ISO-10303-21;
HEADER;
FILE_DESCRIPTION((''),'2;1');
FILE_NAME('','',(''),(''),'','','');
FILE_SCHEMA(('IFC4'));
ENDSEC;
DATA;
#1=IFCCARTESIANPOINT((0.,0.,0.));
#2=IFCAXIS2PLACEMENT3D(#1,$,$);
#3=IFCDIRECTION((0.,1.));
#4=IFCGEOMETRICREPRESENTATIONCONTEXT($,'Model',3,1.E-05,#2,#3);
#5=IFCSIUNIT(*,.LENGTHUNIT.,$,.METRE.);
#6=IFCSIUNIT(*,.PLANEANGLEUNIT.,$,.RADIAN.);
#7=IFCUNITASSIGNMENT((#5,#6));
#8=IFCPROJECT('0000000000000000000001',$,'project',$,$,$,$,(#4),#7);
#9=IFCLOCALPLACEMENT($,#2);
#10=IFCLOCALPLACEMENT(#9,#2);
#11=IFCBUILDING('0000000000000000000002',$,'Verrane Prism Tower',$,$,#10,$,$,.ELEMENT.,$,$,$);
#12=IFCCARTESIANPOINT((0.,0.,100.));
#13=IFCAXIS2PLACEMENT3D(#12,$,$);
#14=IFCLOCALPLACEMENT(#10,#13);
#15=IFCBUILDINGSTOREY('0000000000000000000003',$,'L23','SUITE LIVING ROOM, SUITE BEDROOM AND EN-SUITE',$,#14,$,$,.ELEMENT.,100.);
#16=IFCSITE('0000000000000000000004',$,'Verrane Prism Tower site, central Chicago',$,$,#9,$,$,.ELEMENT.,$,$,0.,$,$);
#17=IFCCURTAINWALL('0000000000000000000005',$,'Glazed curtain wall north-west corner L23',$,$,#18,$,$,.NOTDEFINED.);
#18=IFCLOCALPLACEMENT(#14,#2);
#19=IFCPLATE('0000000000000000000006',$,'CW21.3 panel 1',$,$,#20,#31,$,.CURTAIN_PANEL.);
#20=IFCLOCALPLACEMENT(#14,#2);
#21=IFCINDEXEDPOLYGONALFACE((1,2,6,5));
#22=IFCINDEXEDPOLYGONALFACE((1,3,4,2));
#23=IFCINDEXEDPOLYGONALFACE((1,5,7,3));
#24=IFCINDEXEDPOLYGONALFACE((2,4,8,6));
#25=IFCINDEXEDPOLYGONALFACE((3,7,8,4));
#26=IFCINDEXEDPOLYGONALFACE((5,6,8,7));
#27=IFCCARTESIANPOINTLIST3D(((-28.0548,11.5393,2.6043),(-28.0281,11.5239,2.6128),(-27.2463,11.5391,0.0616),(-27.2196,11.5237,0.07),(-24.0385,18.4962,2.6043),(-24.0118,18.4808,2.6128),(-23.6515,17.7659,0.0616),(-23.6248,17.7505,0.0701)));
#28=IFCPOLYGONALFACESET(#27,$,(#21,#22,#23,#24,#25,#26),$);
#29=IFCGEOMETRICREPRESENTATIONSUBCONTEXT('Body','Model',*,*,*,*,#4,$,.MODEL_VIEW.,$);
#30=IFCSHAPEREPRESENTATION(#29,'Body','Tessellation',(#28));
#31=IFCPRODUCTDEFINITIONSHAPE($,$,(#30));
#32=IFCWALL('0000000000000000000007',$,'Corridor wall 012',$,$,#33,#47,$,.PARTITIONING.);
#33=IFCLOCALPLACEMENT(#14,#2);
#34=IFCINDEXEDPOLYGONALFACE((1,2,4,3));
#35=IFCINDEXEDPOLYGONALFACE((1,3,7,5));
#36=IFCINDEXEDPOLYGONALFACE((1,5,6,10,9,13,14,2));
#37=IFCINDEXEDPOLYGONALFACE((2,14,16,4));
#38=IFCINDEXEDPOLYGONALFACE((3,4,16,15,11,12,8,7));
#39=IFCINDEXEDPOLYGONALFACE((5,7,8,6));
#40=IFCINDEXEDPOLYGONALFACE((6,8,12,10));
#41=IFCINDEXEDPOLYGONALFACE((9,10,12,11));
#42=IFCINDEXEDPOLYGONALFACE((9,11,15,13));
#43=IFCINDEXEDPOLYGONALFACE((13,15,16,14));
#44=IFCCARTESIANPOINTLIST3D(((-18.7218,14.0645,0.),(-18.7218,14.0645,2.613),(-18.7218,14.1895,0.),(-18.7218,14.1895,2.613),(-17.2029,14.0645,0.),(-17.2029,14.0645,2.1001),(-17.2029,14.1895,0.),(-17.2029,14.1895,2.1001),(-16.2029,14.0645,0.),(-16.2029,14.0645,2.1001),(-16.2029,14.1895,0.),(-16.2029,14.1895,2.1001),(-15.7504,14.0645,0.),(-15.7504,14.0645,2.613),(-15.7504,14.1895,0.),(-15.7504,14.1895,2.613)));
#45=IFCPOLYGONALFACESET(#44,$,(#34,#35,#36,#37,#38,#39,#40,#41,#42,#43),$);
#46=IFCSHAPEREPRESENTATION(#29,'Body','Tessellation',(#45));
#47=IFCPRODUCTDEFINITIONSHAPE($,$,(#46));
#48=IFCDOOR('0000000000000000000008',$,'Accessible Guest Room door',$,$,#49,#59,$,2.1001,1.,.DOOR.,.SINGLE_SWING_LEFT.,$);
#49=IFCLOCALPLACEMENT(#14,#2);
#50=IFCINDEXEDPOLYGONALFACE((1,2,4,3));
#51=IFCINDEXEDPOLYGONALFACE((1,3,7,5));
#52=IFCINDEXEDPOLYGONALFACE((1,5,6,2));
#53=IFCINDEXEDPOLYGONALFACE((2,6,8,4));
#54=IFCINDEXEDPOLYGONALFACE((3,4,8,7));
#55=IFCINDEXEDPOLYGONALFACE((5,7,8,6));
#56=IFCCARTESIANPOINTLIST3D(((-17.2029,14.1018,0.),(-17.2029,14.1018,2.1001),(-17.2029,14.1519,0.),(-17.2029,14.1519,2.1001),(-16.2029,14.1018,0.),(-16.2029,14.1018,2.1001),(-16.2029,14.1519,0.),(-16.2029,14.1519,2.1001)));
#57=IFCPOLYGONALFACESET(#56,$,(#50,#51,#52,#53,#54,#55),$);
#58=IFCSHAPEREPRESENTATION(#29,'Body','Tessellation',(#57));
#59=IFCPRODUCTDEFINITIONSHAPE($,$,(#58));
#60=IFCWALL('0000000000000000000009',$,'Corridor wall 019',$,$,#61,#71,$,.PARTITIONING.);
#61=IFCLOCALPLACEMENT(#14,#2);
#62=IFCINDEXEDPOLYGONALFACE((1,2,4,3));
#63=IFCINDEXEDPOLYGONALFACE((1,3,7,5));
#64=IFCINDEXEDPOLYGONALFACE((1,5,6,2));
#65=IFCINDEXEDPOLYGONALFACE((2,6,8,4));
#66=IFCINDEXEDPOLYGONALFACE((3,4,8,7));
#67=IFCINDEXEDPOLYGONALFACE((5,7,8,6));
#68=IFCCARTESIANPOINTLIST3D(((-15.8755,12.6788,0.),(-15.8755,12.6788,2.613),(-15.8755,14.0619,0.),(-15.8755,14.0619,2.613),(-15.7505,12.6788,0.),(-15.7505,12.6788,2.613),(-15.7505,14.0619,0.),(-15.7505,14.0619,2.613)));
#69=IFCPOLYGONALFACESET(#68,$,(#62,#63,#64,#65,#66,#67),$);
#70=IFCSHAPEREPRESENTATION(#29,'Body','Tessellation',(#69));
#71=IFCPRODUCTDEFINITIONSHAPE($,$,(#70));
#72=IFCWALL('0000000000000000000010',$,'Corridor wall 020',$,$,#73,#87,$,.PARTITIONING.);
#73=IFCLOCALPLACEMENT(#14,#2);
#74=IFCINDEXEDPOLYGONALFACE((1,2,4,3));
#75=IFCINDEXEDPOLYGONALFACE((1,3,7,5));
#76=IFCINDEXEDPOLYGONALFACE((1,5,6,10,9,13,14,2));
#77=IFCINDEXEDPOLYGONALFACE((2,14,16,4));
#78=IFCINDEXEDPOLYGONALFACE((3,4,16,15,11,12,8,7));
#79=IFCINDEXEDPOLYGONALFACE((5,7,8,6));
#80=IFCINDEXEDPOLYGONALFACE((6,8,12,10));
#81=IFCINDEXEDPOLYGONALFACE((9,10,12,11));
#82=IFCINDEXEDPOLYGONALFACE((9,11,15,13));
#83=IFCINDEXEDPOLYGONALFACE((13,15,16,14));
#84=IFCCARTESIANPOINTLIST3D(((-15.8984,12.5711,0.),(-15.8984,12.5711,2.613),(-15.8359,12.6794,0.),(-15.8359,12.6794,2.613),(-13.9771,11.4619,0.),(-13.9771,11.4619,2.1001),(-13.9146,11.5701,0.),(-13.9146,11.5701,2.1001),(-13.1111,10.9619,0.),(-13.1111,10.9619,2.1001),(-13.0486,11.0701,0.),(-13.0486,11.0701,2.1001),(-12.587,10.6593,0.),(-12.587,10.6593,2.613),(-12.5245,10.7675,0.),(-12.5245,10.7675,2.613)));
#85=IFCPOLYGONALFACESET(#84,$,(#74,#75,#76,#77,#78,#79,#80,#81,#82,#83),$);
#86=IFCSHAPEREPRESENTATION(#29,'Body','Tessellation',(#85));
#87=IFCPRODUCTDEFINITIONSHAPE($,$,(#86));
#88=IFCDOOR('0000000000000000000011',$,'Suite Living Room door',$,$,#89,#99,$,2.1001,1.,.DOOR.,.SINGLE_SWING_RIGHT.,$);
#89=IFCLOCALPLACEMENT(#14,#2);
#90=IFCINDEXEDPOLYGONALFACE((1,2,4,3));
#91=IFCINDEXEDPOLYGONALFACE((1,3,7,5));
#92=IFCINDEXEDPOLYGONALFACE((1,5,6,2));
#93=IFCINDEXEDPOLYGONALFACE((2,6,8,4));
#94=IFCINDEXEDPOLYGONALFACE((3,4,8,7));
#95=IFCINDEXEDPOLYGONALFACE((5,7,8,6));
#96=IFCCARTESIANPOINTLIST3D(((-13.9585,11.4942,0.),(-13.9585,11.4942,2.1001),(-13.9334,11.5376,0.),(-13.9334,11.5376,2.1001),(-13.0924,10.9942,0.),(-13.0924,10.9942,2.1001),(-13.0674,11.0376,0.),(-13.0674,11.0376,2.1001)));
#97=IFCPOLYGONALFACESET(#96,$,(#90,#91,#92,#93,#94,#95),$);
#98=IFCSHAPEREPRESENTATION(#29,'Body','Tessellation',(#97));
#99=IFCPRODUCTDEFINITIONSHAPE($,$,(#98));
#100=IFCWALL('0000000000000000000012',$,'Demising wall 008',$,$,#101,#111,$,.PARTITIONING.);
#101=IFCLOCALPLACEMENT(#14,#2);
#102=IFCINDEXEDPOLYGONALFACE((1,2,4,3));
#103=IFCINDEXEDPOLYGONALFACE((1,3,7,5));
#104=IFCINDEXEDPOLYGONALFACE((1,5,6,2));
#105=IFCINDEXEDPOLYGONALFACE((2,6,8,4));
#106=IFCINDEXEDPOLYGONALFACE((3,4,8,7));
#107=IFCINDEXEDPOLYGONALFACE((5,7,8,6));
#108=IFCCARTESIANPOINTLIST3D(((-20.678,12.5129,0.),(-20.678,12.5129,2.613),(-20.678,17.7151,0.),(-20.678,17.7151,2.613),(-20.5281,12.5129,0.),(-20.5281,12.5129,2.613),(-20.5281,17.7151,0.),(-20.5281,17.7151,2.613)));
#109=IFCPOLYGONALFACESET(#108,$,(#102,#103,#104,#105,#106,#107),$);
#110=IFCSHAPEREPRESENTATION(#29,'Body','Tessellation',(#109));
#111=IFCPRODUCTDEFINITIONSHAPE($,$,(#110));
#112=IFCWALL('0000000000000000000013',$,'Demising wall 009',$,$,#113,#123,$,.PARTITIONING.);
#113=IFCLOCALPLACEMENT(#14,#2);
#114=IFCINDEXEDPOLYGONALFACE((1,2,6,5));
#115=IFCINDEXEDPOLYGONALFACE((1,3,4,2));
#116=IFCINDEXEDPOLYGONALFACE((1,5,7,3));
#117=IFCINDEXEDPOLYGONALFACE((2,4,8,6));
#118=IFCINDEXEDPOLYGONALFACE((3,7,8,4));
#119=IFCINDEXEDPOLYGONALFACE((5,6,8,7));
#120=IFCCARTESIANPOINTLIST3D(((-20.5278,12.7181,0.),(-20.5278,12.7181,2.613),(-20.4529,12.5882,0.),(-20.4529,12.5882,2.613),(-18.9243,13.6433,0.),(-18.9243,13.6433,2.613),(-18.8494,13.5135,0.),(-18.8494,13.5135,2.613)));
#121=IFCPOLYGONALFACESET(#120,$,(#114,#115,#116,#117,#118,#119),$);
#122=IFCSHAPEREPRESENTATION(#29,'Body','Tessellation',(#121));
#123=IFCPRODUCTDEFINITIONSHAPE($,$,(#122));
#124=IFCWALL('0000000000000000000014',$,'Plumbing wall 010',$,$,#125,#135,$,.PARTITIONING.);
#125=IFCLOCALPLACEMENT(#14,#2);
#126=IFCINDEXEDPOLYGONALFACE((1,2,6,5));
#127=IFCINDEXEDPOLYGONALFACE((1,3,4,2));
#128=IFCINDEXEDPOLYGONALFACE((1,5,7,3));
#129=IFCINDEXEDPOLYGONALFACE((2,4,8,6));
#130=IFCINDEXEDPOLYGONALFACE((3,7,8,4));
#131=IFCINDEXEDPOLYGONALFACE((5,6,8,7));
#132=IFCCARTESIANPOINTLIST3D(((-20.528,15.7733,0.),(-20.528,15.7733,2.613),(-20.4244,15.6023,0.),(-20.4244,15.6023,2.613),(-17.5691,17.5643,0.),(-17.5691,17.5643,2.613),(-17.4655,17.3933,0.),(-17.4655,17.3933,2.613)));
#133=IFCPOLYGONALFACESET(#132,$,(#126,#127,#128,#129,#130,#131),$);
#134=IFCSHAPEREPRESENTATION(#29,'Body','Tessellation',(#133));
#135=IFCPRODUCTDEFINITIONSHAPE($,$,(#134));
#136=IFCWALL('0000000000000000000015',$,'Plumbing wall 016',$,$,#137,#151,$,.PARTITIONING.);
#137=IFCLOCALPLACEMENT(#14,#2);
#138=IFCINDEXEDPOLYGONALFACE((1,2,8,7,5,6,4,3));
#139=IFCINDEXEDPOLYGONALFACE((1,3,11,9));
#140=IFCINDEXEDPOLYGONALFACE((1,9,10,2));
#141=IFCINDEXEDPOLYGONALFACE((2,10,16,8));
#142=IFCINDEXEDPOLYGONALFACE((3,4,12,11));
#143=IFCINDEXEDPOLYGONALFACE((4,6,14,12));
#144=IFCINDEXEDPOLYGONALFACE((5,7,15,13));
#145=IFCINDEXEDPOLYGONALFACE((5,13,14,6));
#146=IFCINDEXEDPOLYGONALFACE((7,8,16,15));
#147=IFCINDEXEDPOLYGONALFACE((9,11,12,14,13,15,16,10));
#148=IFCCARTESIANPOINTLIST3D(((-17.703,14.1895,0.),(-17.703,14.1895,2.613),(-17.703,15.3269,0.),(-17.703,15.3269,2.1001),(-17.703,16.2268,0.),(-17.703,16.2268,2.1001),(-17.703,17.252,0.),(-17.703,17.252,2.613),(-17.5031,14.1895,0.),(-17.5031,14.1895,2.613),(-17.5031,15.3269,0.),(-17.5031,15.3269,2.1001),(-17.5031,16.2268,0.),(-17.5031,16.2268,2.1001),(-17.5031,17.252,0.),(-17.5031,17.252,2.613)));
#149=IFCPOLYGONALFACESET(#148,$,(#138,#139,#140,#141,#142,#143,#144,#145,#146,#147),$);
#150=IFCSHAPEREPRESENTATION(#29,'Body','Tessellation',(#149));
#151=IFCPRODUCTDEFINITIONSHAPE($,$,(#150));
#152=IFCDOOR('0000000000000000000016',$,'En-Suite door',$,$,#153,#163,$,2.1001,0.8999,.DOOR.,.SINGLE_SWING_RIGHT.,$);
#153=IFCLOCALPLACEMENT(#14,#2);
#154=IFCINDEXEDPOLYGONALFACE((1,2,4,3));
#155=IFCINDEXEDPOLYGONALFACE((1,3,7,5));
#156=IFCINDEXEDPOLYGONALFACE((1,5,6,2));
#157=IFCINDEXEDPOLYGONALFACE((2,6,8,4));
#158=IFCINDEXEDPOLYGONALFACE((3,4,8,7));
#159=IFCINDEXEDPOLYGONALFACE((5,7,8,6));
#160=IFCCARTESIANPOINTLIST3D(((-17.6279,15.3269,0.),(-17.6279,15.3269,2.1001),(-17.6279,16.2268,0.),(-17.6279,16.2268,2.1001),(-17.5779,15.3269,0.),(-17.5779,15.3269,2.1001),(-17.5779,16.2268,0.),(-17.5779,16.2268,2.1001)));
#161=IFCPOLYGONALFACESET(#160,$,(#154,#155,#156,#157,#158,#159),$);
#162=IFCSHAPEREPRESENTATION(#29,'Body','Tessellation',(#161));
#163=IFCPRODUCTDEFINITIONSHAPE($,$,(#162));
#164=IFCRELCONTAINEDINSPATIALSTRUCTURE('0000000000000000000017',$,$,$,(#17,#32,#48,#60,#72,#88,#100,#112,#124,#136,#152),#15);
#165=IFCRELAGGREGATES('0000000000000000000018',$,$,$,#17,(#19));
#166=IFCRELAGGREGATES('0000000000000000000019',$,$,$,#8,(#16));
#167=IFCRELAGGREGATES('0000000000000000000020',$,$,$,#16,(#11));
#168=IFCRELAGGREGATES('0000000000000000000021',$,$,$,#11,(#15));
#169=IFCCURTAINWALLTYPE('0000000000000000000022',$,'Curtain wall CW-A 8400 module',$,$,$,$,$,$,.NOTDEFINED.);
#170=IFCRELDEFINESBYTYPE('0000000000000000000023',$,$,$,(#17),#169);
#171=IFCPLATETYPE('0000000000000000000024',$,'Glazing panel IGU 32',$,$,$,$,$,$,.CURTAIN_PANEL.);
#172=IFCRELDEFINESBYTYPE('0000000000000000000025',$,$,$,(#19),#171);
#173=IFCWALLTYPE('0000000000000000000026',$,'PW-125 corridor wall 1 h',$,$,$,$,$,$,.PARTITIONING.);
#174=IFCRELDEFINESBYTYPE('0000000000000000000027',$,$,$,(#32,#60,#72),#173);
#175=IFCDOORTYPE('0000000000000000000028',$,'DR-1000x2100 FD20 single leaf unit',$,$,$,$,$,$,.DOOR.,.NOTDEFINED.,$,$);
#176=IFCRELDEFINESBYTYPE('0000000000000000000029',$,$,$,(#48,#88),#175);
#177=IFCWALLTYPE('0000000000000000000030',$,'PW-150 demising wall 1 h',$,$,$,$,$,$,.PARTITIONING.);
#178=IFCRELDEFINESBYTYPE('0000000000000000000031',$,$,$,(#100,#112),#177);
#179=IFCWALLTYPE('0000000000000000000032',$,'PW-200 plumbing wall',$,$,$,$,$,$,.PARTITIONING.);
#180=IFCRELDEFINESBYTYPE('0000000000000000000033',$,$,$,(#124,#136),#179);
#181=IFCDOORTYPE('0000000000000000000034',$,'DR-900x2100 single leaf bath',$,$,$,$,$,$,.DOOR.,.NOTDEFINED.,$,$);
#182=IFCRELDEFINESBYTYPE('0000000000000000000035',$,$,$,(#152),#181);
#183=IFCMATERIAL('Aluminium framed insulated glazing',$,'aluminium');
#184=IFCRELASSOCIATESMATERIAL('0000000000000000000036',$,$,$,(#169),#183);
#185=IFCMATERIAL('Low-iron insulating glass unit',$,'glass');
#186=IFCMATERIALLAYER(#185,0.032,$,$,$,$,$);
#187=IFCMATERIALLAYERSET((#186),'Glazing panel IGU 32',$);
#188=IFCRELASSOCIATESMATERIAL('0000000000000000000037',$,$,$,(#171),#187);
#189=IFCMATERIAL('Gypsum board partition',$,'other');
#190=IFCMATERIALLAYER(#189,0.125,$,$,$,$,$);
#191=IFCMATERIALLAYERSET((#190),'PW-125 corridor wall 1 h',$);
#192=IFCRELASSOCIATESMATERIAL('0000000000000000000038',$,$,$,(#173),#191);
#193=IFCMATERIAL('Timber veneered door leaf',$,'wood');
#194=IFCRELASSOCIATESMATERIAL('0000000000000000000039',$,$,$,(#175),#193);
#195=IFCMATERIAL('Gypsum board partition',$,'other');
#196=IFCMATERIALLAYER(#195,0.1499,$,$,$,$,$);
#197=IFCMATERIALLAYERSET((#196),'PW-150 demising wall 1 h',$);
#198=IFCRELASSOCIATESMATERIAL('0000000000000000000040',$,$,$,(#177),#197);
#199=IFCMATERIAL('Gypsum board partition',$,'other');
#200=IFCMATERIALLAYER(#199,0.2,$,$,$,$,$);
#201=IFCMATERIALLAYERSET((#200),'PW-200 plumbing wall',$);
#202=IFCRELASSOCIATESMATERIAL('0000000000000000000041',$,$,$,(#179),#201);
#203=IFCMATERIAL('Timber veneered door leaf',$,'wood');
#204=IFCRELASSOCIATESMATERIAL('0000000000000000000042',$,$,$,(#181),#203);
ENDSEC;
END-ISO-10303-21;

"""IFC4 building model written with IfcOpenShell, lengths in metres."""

from ifc_helpers import new_model, si_unit, direction, frame, frame_2d, origin, place, context, subcontext, project, spatial, polyline, rectangle, outline, extrude, material, layer, layer_set, type_object, element, fill, aggregate, save


model = new_model("IFC4")

# Units and contexts
model_context = context("Model", 3, precision=1e-05, world=origin(), true_north=direction((0.0, 1.0)))
body_context = subcontext(model_context, "Body", "Model", "MODEL_VIEW")
ifc_project = project(units=[si_unit("LENGTHUNIT", "METRE"), si_unit("PLANEANGLEUNIT", "RADIAN")], contexts=[model_context])

# Site, building, storey
site_placement = place(None, origin())
site = spatial("IfcSite", under=ifc_project, at=site_placement, Name="Verrane Prism Tower site, central Chicago", CompositionType="ELEMENT", RefElevation=0.0)
building_placement = place(site_placement, origin())
building = spatial("IfcBuilding", under=site, at=building_placement, Name="Verrane Prism Tower", CompositionType="ELEMENT")
storey_placement = place(building_placement, frame((0.0, 0.0, 100.0)))
storey = spatial("IfcBuildingStorey", under=building, at=storey_placement, Name="L23", Description="SUITE LIVING ROOM, SUITE BEDROOM AND EN-SUITE", CompositionType="ELEMENT", Elevation=100.0)

# Curtain wall
ifc_material_1 = material(Name="Aluminium framed insulated glazing", Category="aluminium")
curtain_wall_type_1 = type_object("IfcCurtainWallType", Name="Curtain wall CW-A 8400 module", PredefinedType="NOTDEFINED", material=ifc_material_1)
curtain_wall_1_placement = place(storey_placement, origin())
curtain_wall_1 = element("IfcCurtainWall", 1, at=curtain_wall_1_placement, inside=storey, type_object=curtain_wall_type_1, Name="Glazed curtain wall north-west corner L23", PredefinedType="NOTDEFINED")

# Plate
ifc_material_2 = material(Name="Low-iron insulating glass unit", Category="glass")
ifc_layer_1 = layer(ifc_material_2, 0.032)
ifc_layer_set_1 = layer_set([ifc_layer_1], Name="Glazing panel IGU 32")
plate_type_1 = type_object("IfcPlateType", Name="Glazing panel IGU 32", PredefinedType="CURTAIN_PANEL", material=ifc_layer_set_1)
plate_1_placement = place(storey_placement, frame((-23.6248, 17.7505, 0.0701), z_axis=(0.83495, -0.482029, 0.26553), x_axis=(-0.499976, -0.866039, -0.000003)))
plate_1 = element("IfcPlate", 2, at=plate_1_placement, type_object=plate_type_1, Name="CW21.3 panel 1", PredefinedType="CURTAIN_PANEL", context=body_context, shape_type="SweptSolid", body=[
    extrude(outline(polyline([(0.0, 0.0), (7.1899, 0.0), (7.594, -2.6374), (-0.4389, -2.6374), (0.0, 0.0)])), origin(), (0.0, 0.0, -1.0), 0.032),
])
aggregate(curtain_wall_1, [plate_1])

# Wall, opening, door
ifc_material_3 = material(Name="Gypsum board partition", Category="other")
ifc_layer_2 = layer(ifc_material_3, 0.125)
ifc_layer_set_2 = layer_set([ifc_layer_2], Name="PW-125 corridor wall 1 h")
wall_type_1 = type_object("IfcWallType", Name="PW-125 corridor wall 1 h", PredefinedType="PARTITIONING", material=ifc_layer_set_2)
wall_1_placement = place(storey_placement, frame((-18.7219, 14.127, 0.0), z_axis=(0.0, 0.0, 1.0), x_axis=(1.0, 0.0, 0.0)))
wall_1 = element("IfcWall", 3, at=wall_1_placement, inside=storey, type_object=wall_type_1, Name="Corridor wall 012", PredefinedType="PARTITIONING", context=body_context, shape_type="SweptSolid", body=[
    extrude(rectangle(XDim=2.9714, YDim=0.125, at=frame_2d((1.4858, 0.0))), origin(), (0.0, 0.0, 1.0), 2.613),
])
opening_1_placement = place(wall_1_placement, frame((1.519, 0.0, 0.0)))
opening_1 = element("IfcOpeningElement", 4, at=opening_1_placement, cuts=wall_1, PredefinedType="OPENING", context=body_context, shape_type="SweptSolid", body=[
    extrude(rectangle(XDim=1.0, YDim=2.1001, at=frame_2d((0.5, 1.05))), frame((0.0, 0.0725, 0.0), z_axis=(0.0, -1.0, 0.0), x_axis=(1.0, 0.0, 0.0)), (0.0, 0.0, 1.0), 0.145),
])
ifc_material_4 = material(Name="Timber veneered door leaf", Category="wood")
door_type_1 = type_object("IfcDoorType", Name="DR-1000x2100 FD20 single leaf unit", OperationType="NOTDEFINED", PredefinedType="DOOR", material=ifc_material_4)
door_1_placement = place(opening_1_placement, origin())
door_1 = element("IfcDoor", 5, at=door_1_placement, inside=storey, type_object=door_type_1, Name="Accessible Guest Room door", OperationType="SINGLE_SWING_LEFT", OverallHeight=2.1001, OverallWidth=1.0, PredefinedType="DOOR", context=body_context, shape_type="SweptSolid", body=[
    extrude(rectangle(XDim=1.0, YDim=2.1001, at=frame_2d((0.5, 1.05))), frame((0.0, 0.0249, 0.0), z_axis=(0.0, -1.0, 0.0), x_axis=(1.0, 0.0, 0.0)), (0.0, 0.0, 1.0), 0.05),
])
fill(opening_1, door_1)

# Wall
wall_2_placement = place(storey_placement, frame((-15.813, 12.679, 0.0), z_axis=(0.0, 0.0, 1.0), x_axis=(0.0, 1.0, 0.0)))
element("IfcWall", 6, at=wall_2_placement, inside=storey, type_object=wall_type_1, Name="Corridor wall 019", PredefinedType="PARTITIONING", context=body_context, shape_type="SweptSolid", body=[
    extrude(rectangle(XDim=1.3831, YDim=0.125, at=frame_2d((0.6914, 0.0))), origin(), (0.0, 0.0, 1.0), 2.613),
])

# Wall, opening, door
wall_3_placement = place(storey_placement, frame((-15.8672, 12.6252, 0.0), z_axis=(0.0, 0.0, 1.0), x_axis=(0.86603, -0.499991, 0.0)))
wall_3 = element("IfcWall", 7, at=wall_3_placement, inside=storey, type_object=wall_type_1, Name="Corridor wall 020", PredefinedType="PARTITIONING", context=body_context, shape_type="SweptSolid", body=[
    extrude(rectangle(XDim=3.8237, YDim=0.125, at=frame_2d((1.9119, 0.0))), origin(), (0.0, 0.0, 1.0), 2.613),
])
opening_2_placement = place(wall_3_placement, frame((2.2185, 0.0, 0.0)))
opening_2 = element("IfcOpeningElement", 8, at=opening_2_placement, cuts=wall_3, PredefinedType="OPENING", context=body_context, shape_type="SweptSolid", body=[
    extrude(rectangle(XDim=1.0, YDim=2.1001, at=frame_2d((0.5, 1.05))), frame((0.0, 0.0725, 0.0), z_axis=(0.0, -1.0, 0.0), x_axis=(1.0, 0.0, 0.0)), (0.0, 0.0, 1.0), 0.145),
])
door_2_placement = place(opening_2_placement, origin())
door_2 = element("IfcDoor", 9, at=door_2_placement, inside=storey, type_object=door_type_1, Name="Suite Living Room door", OperationType="SINGLE_SWING_RIGHT", OverallHeight=2.1001, OverallWidth=1.0, PredefinedType="DOOR", context=body_context, shape_type="SweptSolid", body=[
    extrude(rectangle(XDim=1.0, YDim=2.1001, at=frame_2d((0.5, 1.05))), frame((0.0, 0.0249, 0.0), z_axis=(0.0, -1.0, 0.0), x_axis=(1.0, 0.0, 0.0)), (0.0, 0.0, 1.0), 0.05),
])
fill(opening_2, door_2)

# Walls
ifc_material_5 = material(Name="Gypsum board partition", Category="other")
ifc_layer_3 = layer(ifc_material_5, 0.1499)
ifc_layer_set_3 = layer_set([ifc_layer_3], Name="PW-150 demising wall 1 h")
wall_type_2 = type_object("IfcWallType", Name="PW-150 demising wall 1 h", PredefinedType="PARTITIONING", material=ifc_layer_set_3)
wall_4_placement = place(storey_placement, frame((-20.603, 12.5129, 0.0), z_axis=(0.0, 0.0, 1.0), x_axis=(0.0, 1.0, 0.0)))
element("IfcWall", 10, at=wall_4_placement, inside=storey, type_object=wall_type_2, Name="Demising wall 008", PredefinedType="PARTITIONING", context=body_context, shape_type="SweptSolid", body=[
    extrude(rectangle(XDim=5.2021, YDim=0.1499, at=frame_2d((2.6011, 0.0))), origin(), (0.0, 0.0, 1.0), 2.613),
])
wall_5_placement = place(storey_placement, frame((-20.4905, 12.6531, 0.0), z_axis=(0.0, 0.0, 1.0), x_axis=(0.866142, 0.499799, 0.0)))
element("IfcWall", 11, at=wall_5_placement, inside=storey, type_object=wall_type_2, Name="Demising wall 009", PredefinedType="PARTITIONING", context=body_context, shape_type="SweptSolid", body=[
    extrude(rectangle(XDim=1.8513, YDim=0.1499, at=frame_2d((0.9258, 0.0))), origin(), (0.0, 0.0, 1.0), 2.613),
])
ifc_material_6 = material(Name="Gypsum board partition", Category="other")
ifc_layer_4 = layer(ifc_material_6, 0.2)
ifc_layer_set_4 = layer_set([ifc_layer_4], Name="PW-200 plumbing wall")
wall_type_3 = type_object("IfcWallType", Name="PW-200 plumbing wall", PredefinedType="PARTITIONING", material=ifc_layer_set_4)
wall_6_placement = place(storey_placement, frame((-20.4763, 15.6877, 0.0), z_axis=(0.0, 0.0, 1.0), x_axis=(0.855493, 0.517814, 0.0)))
element("IfcWall", 12, at=wall_6_placement, inside=storey, type_object=wall_type_3, Name="Plumbing wall 010", PredefinedType="PARTITIONING", context=body_context, shape_type="SweptSolid", body=[
    extrude(rectangle(XDim=3.4587, YDim=0.2, at=frame_2d((1.7295, 0.0))), origin(), (0.0, 0.0, 1.0), 2.613),
])

# Wall, opening, door
wall_7_placement = place(storey_placement, frame((-17.603, 14.1895, 0.0), z_axis=(0.0, 0.0, 1.0), x_axis=(0.0, 1.0, 0.0)))
wall_7 = element("IfcWall", 13, at=wall_7_placement, inside=storey, type_object=wall_type_3, Name="Plumbing wall 016", PredefinedType="PARTITIONING", context=body_context, shape_type="SweptSolid", body=[
    extrude(rectangle(XDim=3.0625, YDim=0.2, at=frame_2d((1.5312, 0.0))), origin(), (0.0, 0.0, 1.0), 2.613),
])
opening_3_placement = place(wall_7_placement, frame((1.1375, 0.0, 0.0)))
opening_3 = element("IfcOpeningElement", 14, at=opening_3_placement, cuts=wall_7, PredefinedType="OPENING", context=body_context, shape_type="SweptSolid", body=[
    extrude(rectangle(XDim=0.8999, YDim=2.1001, at=frame_2d((0.45, 1.05))), frame((0.0, 0.1099, 0.0), z_axis=(0.0, -1.0, 0.0), x_axis=(1.0, 0.0, 0.0)), (0.0, 0.0, 1.0), 0.22),
])
ifc_material_7 = material(Name="Timber veneered door leaf", Category="wood")
door_type_2 = type_object("IfcDoorType", Name="DR-900x2100 single leaf bath", OperationType="NOTDEFINED", PredefinedType="DOOR", material=ifc_material_7)
door_3_placement = place(opening_3_placement, origin())
door_3 = element("IfcDoor", 15, at=door_3_placement, inside=storey, type_object=door_type_2, Name="En-Suite door", OperationType="SINGLE_SWING_RIGHT", OverallHeight=2.1001, OverallWidth=0.8999, PredefinedType="DOOR", context=body_context, shape_type="SweptSolid", body=[
    extrude(rectangle(XDim=0.8999, YDim=2.1001, at=frame_2d((0.45, 1.05))), frame((0.0, 0.0249, 0.0), z_axis=(0.0, -1.0, 0.0), x_axis=(1.0, 0.0, 0.0)), (0.0, 0.0, 1.0), 0.05),
])
fill(opening_3, door_3)

save(model, "model.ifc")
